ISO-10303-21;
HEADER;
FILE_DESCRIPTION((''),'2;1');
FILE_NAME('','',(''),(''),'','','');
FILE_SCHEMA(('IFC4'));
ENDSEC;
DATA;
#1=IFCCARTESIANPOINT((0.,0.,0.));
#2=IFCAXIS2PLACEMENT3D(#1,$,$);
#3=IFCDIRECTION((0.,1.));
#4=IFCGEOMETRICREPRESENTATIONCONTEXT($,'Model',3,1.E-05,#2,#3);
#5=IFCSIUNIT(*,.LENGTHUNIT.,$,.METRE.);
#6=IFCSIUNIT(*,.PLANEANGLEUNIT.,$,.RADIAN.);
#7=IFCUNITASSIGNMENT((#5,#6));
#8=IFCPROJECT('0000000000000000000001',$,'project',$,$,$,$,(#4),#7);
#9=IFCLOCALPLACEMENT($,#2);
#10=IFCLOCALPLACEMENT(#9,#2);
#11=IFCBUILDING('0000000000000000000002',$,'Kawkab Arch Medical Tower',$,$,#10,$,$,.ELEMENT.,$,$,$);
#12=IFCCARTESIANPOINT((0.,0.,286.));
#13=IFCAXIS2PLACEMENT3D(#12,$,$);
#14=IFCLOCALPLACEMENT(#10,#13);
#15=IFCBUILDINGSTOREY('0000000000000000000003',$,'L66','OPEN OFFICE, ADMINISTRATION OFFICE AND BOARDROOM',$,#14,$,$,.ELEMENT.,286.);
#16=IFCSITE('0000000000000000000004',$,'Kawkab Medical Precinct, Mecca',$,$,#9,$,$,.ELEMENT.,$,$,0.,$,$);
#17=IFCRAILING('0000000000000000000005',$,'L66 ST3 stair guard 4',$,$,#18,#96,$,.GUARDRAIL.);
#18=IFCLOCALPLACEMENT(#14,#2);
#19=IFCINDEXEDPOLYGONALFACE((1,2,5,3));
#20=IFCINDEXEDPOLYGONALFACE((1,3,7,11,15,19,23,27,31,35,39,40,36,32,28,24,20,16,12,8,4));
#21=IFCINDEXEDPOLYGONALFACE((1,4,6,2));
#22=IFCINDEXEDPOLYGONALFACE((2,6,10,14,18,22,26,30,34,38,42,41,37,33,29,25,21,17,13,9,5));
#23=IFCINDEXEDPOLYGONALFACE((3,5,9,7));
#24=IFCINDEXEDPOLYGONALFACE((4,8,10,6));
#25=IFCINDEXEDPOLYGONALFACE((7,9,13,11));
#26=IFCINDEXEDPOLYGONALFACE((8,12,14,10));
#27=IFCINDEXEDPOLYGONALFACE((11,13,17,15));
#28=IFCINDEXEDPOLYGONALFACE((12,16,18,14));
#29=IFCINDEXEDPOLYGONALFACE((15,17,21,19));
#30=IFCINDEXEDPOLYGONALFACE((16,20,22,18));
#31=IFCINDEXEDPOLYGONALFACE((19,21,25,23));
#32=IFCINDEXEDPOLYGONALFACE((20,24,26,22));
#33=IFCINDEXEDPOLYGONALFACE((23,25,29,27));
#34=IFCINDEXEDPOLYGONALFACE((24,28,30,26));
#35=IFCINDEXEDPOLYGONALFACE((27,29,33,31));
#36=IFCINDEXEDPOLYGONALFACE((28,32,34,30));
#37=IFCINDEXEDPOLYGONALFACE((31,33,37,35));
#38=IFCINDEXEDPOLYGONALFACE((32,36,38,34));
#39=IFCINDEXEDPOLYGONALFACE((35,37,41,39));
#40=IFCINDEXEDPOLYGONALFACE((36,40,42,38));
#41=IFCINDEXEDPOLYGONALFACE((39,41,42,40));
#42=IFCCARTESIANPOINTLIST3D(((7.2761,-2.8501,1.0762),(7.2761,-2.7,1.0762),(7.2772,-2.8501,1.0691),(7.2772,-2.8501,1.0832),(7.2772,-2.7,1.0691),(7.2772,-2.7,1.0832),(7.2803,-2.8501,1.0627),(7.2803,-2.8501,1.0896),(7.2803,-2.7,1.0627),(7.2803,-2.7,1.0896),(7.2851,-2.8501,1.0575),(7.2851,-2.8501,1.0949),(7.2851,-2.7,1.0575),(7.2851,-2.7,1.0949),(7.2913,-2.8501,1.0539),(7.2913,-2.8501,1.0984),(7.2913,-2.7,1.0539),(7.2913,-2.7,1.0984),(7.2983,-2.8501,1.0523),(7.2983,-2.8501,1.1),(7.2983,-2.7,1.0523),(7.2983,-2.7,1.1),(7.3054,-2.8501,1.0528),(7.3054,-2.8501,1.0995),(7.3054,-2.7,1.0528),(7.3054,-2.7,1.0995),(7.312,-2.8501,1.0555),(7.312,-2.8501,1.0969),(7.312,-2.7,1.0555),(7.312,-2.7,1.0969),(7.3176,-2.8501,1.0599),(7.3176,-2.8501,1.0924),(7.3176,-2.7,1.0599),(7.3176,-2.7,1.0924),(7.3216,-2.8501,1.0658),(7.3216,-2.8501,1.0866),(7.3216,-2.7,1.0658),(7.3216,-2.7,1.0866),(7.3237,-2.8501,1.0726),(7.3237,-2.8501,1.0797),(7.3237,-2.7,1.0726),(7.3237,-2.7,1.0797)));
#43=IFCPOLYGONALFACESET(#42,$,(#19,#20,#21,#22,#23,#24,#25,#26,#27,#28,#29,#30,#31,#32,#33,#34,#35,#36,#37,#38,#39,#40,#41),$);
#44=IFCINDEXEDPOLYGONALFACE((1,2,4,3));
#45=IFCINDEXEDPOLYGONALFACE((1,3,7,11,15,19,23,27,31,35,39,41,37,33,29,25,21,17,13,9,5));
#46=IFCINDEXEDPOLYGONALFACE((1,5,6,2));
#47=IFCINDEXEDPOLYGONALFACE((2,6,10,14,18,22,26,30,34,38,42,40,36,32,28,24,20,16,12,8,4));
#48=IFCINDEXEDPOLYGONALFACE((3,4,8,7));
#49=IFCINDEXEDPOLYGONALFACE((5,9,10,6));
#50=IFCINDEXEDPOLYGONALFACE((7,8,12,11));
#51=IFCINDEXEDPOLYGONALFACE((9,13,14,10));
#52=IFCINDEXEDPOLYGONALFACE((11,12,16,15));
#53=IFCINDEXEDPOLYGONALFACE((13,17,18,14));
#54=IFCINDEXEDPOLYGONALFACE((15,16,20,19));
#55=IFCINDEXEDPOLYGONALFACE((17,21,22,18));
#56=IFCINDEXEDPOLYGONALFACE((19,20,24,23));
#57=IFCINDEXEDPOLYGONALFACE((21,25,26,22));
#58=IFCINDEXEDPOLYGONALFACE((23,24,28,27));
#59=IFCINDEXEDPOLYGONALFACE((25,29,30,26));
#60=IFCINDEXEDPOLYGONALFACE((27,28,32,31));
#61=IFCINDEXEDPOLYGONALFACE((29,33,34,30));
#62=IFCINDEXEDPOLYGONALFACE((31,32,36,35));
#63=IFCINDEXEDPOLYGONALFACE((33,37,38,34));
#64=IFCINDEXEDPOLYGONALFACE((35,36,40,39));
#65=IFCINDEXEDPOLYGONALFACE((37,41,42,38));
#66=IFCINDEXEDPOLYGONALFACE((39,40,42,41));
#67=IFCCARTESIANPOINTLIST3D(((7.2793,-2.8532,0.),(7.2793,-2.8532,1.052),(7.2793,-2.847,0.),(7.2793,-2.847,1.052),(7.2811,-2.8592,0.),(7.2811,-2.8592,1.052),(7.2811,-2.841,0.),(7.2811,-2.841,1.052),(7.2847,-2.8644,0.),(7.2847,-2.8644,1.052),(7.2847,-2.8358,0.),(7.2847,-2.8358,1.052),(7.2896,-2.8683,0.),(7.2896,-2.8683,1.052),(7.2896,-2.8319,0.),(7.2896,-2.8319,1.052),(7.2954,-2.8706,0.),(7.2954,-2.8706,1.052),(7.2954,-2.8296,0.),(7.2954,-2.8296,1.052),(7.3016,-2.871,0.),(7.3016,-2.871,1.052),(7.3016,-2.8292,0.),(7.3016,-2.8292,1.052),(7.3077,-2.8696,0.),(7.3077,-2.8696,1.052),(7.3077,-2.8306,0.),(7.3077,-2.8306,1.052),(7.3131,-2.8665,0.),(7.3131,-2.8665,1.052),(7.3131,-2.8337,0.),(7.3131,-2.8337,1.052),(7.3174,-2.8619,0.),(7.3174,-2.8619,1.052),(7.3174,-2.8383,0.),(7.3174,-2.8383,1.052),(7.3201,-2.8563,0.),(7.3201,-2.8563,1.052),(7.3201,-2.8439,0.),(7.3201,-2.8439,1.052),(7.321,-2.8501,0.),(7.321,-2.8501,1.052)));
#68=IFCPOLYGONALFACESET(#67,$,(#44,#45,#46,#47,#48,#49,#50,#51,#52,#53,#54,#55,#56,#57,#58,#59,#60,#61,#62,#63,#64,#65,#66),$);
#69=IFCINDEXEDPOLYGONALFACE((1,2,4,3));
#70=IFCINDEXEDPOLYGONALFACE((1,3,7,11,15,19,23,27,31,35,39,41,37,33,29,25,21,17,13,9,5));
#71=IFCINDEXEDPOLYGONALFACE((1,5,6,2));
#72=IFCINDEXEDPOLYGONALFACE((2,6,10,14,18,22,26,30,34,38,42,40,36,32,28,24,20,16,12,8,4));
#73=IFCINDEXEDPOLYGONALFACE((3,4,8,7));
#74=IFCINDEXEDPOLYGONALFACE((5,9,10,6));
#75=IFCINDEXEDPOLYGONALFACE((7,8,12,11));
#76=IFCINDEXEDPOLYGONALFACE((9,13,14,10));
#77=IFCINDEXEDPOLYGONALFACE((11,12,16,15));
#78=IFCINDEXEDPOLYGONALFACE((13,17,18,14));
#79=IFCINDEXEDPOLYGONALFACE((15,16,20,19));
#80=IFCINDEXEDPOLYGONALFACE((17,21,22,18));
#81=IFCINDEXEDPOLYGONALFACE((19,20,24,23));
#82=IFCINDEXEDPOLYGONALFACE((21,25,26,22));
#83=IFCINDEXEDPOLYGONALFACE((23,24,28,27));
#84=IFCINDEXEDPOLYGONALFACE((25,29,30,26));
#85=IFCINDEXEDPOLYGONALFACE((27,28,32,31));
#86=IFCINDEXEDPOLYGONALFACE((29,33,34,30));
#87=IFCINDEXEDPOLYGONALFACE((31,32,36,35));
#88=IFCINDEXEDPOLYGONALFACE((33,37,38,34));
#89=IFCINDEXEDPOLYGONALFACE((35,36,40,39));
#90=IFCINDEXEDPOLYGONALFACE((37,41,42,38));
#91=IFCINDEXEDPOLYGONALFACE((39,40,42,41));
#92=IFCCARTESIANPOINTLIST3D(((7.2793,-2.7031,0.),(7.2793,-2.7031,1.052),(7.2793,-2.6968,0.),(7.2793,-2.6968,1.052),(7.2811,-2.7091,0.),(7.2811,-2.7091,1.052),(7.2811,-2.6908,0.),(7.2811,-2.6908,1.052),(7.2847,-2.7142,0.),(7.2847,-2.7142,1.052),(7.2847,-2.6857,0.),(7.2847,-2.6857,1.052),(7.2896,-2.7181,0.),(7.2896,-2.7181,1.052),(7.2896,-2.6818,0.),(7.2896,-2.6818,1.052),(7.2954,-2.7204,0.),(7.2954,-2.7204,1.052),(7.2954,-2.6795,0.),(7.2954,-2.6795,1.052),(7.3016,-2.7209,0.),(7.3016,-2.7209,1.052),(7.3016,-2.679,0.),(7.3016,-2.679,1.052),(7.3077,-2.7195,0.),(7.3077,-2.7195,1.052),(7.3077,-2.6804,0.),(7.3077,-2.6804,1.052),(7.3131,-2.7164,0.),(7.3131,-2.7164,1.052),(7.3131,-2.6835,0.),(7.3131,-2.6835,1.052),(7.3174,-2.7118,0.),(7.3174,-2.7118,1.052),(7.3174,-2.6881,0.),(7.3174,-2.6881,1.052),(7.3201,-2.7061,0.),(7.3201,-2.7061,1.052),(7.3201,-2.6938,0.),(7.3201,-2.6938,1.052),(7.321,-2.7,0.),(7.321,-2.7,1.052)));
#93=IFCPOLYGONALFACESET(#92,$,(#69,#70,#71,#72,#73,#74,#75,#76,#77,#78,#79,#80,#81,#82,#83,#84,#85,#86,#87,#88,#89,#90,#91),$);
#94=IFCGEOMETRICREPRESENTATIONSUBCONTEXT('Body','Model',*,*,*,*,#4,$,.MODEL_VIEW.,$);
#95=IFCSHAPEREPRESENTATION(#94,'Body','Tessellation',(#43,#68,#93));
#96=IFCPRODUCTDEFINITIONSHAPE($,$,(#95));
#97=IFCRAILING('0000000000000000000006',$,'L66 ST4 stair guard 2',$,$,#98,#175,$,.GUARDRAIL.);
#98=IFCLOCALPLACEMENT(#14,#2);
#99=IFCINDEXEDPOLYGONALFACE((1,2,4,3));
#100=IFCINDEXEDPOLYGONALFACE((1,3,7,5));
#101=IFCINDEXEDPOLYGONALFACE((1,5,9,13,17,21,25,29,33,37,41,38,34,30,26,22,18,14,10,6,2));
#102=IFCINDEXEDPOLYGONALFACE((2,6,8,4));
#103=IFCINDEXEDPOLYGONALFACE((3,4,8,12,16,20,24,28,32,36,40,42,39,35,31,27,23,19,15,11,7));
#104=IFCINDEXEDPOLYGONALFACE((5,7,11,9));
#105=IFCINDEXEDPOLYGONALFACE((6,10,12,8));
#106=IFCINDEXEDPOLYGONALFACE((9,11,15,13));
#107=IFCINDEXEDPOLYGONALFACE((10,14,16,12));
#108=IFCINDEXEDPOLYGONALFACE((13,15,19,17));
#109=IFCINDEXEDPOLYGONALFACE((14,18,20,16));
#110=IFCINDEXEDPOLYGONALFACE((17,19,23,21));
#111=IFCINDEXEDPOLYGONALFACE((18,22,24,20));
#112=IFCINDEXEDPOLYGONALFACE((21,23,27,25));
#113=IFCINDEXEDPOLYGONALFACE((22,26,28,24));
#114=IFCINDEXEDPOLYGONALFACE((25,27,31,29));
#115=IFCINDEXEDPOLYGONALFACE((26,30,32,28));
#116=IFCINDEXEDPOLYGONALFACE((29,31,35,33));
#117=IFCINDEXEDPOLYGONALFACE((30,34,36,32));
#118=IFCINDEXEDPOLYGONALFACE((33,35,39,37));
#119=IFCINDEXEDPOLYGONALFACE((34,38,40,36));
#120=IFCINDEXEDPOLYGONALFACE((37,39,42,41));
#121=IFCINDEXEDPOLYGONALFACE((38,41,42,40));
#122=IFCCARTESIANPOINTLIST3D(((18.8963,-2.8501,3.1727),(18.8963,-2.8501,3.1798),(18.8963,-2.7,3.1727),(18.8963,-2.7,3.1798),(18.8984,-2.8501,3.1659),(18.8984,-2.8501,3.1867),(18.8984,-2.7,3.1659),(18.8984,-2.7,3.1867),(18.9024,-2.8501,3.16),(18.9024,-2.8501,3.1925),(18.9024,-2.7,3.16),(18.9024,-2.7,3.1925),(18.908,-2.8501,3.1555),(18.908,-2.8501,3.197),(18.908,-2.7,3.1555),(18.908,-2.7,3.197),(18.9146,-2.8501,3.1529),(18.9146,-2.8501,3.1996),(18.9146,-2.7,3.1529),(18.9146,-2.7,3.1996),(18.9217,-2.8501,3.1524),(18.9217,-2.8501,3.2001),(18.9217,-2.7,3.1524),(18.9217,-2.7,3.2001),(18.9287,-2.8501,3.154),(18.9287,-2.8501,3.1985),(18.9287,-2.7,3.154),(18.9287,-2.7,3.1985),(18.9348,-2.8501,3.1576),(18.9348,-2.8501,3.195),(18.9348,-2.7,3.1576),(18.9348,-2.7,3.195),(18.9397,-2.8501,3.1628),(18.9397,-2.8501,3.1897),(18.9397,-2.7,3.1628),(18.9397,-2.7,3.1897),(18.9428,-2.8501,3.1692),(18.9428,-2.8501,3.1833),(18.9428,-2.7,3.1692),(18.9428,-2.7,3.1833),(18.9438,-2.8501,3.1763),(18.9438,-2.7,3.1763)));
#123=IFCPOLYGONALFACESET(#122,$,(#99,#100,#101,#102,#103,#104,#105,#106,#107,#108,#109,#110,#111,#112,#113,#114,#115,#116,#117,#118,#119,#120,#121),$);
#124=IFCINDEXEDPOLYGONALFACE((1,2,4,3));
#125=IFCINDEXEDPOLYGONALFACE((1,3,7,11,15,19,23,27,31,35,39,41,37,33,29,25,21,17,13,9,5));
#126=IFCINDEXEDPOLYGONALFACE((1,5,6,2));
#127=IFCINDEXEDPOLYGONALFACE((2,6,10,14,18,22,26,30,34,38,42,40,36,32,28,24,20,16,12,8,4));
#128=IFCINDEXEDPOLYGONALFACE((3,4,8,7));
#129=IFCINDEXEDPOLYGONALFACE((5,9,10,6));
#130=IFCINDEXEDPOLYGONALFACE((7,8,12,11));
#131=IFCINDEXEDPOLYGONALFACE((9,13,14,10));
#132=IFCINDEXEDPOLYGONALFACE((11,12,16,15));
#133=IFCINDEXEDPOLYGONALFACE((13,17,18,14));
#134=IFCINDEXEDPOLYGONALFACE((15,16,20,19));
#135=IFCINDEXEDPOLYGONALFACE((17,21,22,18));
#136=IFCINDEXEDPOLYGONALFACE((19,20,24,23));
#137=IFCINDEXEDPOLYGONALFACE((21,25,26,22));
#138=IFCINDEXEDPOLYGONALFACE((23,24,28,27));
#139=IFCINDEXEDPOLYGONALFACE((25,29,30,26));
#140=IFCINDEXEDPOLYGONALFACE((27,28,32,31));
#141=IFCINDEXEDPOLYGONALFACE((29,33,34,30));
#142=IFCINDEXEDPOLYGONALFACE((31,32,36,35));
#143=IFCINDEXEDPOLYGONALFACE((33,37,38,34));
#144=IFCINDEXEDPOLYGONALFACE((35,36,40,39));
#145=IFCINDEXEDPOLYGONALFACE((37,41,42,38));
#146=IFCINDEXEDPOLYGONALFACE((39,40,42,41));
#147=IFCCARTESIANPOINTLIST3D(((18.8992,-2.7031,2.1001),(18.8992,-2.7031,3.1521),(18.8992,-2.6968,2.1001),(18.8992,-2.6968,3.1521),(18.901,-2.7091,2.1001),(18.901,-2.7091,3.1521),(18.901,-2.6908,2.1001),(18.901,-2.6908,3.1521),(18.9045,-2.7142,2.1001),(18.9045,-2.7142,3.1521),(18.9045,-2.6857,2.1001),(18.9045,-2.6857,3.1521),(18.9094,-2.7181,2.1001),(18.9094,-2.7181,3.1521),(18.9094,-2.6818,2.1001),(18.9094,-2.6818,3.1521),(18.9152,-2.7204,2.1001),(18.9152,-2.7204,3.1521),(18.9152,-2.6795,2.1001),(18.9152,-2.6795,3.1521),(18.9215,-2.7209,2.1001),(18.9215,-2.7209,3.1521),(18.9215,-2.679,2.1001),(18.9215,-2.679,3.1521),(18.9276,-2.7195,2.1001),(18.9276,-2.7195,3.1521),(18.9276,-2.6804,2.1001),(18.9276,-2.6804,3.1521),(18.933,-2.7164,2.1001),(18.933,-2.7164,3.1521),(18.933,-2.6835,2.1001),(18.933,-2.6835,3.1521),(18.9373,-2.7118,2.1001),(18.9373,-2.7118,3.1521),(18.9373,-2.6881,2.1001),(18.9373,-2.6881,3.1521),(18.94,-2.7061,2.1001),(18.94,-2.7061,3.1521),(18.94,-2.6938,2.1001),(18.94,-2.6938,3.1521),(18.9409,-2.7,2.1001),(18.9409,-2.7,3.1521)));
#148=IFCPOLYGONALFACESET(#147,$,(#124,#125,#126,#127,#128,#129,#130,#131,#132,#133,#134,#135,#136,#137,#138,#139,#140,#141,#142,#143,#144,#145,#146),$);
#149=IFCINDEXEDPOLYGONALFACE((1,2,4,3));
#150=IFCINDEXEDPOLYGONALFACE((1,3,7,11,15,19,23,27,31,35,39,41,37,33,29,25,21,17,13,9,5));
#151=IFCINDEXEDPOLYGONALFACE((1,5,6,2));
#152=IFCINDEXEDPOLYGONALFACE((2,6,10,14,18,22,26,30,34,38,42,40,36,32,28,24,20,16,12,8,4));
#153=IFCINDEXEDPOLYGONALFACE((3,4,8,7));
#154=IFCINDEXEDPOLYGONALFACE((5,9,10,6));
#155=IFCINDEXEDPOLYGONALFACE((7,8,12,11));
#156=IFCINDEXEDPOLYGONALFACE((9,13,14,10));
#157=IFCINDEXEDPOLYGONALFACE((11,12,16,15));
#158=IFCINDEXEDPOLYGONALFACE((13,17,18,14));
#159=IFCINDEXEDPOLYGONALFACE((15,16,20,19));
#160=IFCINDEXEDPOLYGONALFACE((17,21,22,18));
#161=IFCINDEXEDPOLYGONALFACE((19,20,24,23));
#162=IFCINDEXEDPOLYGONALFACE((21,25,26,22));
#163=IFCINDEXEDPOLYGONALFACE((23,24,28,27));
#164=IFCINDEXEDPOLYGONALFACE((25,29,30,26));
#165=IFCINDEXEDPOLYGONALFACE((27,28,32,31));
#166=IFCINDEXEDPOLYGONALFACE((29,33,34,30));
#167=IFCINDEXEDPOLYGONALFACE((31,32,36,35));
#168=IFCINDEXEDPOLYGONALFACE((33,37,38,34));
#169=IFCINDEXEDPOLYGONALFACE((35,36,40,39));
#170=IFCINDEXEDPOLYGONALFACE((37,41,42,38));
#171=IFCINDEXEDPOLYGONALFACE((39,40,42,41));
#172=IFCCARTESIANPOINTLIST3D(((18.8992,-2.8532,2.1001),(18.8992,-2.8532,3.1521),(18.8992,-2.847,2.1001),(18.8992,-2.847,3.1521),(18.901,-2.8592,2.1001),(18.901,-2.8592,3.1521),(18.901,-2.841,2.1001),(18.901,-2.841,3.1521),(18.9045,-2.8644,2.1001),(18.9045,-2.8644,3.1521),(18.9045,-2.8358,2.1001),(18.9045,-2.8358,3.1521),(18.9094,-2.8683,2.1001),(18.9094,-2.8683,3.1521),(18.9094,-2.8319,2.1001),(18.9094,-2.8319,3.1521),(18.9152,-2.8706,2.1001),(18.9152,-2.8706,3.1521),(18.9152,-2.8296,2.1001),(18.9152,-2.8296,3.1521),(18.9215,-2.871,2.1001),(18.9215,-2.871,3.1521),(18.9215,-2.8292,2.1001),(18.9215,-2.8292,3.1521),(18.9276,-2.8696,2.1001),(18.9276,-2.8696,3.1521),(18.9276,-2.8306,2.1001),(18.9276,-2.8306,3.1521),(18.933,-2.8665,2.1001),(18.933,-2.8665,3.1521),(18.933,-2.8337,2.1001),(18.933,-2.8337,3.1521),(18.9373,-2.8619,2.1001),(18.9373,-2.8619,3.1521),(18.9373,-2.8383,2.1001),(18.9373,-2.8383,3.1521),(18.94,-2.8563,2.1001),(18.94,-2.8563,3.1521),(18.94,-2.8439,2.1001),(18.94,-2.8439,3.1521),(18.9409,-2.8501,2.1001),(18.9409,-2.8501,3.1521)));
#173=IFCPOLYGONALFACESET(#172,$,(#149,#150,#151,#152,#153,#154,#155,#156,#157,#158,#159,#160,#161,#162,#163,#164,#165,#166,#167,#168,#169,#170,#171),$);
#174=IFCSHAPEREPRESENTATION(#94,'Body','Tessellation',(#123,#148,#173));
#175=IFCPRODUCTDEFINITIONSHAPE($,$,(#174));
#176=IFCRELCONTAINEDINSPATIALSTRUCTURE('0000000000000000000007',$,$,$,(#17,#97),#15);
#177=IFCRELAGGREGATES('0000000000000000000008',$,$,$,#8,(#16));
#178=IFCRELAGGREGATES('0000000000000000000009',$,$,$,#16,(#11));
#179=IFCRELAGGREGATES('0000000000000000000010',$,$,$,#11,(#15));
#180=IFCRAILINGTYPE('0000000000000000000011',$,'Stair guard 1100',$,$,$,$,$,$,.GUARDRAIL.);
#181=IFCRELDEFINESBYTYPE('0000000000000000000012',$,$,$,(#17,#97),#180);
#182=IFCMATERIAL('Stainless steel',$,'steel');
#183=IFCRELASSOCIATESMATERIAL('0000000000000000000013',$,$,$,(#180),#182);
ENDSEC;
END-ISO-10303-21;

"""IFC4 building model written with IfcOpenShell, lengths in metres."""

from ifc_helpers import new_model, si_unit, direction, frame, origin, origin_2d, place, context, subcontext, project, spatial, circle, extrude, material, type_object, element, save


model = new_model("IFC4")

# Units and contexts
model_context = context("Model", 3, precision=1e-05, world=origin(), true_north=direction((0.0, 1.0)))
body_context = subcontext(model_context, "Body", "Model", "MODEL_VIEW")
ifc_project = project(units=[si_unit("LENGTHUNIT", "METRE"), si_unit("PLANEANGLEUNIT", "RADIAN")], contexts=[model_context])

# Site, building, storey
site_placement = place(None, origin())
site = spatial("IfcSite", under=ifc_project, at=site_placement, Name="Kawkab Medical Precinct, Mecca", CompositionType="ELEMENT", RefElevation=0.0)
building_placement = place(site_placement, origin())
building = spatial("IfcBuilding", under=site, at=building_placement, Name="Kawkab Arch Medical Tower", CompositionType="ELEMENT")
storey_placement = place(building_placement, frame((0.0, 0.0, 286.0)))
storey = spatial("IfcBuildingStorey", under=building, at=storey_placement, Name="L66", Description="OPEN OFFICE, ADMINISTRATION OFFICE AND BOARDROOM", CompositionType="ELEMENT", Elevation=286.0)

# Railings
ifc_material_1 = material(Name="Stainless steel", Category="steel")
railing_type = type_object("IfcRailingType", Name="Stair guard 1100", PredefinedType="GUARDRAIL", material=ifc_material_1)
railing_1_placement = place(storey_placement, frame((7.3, -2.8501, 0.0)))
element("IfcRailing", 1, at=railing_1_placement, inside=storey, type_object=railing_type, Name="L66 ST3 stair guard 4", PredefinedType="GUARDRAIL", context=body_context, shape_type="SweptSolid", body=[
    extrude(circle(Radius=0.0239, at=origin_2d()), frame((0.0, 0.0, 1.0762), z_axis=(0.0, 1.0, 0.0), x_axis=(-1.0, 0.0, 0.0)), (0.0, 0.0, 1.0), 0.1501),
    extrude(circle(Radius=0.021, at=origin_2d()), origin(), (0.0, 0.0, 1.0), 1.052),
    extrude(circle(Radius=0.021, at=origin_2d()), frame((0.0, 0.1501, 0.0)), (0.0, 0.0, 1.0), 1.052),
])
railing_2_placement = place(storey_placement, frame((18.9199, -2.7, 2.1001)))
element("IfcRailing", 2, at=railing_2_placement, inside=storey, type_object=railing_type, Name="L66 ST4 stair guard 2", PredefinedType="GUARDRAIL", context=body_context, shape_type="SweptSolid", body=[
    extrude(circle(Radius=0.0239, at=origin_2d()), frame((0.0, 0.0, 1.0762), z_axis=(0.0, -1.0, 0.0), x_axis=(1.0, 0.0, 0.0)), (0.0, 0.0, 1.0), 0.1501),
    extrude(circle(Radius=0.021, at=origin_2d()), origin(), (0.0, 0.0, 1.0), 1.052),
    extrude(circle(Radius=0.021, at=origin_2d()), frame((0.0, -0.1501, 0.0)), (0.0, 0.0, 1.0), 1.052),
])

save(model, "model.ifc")
